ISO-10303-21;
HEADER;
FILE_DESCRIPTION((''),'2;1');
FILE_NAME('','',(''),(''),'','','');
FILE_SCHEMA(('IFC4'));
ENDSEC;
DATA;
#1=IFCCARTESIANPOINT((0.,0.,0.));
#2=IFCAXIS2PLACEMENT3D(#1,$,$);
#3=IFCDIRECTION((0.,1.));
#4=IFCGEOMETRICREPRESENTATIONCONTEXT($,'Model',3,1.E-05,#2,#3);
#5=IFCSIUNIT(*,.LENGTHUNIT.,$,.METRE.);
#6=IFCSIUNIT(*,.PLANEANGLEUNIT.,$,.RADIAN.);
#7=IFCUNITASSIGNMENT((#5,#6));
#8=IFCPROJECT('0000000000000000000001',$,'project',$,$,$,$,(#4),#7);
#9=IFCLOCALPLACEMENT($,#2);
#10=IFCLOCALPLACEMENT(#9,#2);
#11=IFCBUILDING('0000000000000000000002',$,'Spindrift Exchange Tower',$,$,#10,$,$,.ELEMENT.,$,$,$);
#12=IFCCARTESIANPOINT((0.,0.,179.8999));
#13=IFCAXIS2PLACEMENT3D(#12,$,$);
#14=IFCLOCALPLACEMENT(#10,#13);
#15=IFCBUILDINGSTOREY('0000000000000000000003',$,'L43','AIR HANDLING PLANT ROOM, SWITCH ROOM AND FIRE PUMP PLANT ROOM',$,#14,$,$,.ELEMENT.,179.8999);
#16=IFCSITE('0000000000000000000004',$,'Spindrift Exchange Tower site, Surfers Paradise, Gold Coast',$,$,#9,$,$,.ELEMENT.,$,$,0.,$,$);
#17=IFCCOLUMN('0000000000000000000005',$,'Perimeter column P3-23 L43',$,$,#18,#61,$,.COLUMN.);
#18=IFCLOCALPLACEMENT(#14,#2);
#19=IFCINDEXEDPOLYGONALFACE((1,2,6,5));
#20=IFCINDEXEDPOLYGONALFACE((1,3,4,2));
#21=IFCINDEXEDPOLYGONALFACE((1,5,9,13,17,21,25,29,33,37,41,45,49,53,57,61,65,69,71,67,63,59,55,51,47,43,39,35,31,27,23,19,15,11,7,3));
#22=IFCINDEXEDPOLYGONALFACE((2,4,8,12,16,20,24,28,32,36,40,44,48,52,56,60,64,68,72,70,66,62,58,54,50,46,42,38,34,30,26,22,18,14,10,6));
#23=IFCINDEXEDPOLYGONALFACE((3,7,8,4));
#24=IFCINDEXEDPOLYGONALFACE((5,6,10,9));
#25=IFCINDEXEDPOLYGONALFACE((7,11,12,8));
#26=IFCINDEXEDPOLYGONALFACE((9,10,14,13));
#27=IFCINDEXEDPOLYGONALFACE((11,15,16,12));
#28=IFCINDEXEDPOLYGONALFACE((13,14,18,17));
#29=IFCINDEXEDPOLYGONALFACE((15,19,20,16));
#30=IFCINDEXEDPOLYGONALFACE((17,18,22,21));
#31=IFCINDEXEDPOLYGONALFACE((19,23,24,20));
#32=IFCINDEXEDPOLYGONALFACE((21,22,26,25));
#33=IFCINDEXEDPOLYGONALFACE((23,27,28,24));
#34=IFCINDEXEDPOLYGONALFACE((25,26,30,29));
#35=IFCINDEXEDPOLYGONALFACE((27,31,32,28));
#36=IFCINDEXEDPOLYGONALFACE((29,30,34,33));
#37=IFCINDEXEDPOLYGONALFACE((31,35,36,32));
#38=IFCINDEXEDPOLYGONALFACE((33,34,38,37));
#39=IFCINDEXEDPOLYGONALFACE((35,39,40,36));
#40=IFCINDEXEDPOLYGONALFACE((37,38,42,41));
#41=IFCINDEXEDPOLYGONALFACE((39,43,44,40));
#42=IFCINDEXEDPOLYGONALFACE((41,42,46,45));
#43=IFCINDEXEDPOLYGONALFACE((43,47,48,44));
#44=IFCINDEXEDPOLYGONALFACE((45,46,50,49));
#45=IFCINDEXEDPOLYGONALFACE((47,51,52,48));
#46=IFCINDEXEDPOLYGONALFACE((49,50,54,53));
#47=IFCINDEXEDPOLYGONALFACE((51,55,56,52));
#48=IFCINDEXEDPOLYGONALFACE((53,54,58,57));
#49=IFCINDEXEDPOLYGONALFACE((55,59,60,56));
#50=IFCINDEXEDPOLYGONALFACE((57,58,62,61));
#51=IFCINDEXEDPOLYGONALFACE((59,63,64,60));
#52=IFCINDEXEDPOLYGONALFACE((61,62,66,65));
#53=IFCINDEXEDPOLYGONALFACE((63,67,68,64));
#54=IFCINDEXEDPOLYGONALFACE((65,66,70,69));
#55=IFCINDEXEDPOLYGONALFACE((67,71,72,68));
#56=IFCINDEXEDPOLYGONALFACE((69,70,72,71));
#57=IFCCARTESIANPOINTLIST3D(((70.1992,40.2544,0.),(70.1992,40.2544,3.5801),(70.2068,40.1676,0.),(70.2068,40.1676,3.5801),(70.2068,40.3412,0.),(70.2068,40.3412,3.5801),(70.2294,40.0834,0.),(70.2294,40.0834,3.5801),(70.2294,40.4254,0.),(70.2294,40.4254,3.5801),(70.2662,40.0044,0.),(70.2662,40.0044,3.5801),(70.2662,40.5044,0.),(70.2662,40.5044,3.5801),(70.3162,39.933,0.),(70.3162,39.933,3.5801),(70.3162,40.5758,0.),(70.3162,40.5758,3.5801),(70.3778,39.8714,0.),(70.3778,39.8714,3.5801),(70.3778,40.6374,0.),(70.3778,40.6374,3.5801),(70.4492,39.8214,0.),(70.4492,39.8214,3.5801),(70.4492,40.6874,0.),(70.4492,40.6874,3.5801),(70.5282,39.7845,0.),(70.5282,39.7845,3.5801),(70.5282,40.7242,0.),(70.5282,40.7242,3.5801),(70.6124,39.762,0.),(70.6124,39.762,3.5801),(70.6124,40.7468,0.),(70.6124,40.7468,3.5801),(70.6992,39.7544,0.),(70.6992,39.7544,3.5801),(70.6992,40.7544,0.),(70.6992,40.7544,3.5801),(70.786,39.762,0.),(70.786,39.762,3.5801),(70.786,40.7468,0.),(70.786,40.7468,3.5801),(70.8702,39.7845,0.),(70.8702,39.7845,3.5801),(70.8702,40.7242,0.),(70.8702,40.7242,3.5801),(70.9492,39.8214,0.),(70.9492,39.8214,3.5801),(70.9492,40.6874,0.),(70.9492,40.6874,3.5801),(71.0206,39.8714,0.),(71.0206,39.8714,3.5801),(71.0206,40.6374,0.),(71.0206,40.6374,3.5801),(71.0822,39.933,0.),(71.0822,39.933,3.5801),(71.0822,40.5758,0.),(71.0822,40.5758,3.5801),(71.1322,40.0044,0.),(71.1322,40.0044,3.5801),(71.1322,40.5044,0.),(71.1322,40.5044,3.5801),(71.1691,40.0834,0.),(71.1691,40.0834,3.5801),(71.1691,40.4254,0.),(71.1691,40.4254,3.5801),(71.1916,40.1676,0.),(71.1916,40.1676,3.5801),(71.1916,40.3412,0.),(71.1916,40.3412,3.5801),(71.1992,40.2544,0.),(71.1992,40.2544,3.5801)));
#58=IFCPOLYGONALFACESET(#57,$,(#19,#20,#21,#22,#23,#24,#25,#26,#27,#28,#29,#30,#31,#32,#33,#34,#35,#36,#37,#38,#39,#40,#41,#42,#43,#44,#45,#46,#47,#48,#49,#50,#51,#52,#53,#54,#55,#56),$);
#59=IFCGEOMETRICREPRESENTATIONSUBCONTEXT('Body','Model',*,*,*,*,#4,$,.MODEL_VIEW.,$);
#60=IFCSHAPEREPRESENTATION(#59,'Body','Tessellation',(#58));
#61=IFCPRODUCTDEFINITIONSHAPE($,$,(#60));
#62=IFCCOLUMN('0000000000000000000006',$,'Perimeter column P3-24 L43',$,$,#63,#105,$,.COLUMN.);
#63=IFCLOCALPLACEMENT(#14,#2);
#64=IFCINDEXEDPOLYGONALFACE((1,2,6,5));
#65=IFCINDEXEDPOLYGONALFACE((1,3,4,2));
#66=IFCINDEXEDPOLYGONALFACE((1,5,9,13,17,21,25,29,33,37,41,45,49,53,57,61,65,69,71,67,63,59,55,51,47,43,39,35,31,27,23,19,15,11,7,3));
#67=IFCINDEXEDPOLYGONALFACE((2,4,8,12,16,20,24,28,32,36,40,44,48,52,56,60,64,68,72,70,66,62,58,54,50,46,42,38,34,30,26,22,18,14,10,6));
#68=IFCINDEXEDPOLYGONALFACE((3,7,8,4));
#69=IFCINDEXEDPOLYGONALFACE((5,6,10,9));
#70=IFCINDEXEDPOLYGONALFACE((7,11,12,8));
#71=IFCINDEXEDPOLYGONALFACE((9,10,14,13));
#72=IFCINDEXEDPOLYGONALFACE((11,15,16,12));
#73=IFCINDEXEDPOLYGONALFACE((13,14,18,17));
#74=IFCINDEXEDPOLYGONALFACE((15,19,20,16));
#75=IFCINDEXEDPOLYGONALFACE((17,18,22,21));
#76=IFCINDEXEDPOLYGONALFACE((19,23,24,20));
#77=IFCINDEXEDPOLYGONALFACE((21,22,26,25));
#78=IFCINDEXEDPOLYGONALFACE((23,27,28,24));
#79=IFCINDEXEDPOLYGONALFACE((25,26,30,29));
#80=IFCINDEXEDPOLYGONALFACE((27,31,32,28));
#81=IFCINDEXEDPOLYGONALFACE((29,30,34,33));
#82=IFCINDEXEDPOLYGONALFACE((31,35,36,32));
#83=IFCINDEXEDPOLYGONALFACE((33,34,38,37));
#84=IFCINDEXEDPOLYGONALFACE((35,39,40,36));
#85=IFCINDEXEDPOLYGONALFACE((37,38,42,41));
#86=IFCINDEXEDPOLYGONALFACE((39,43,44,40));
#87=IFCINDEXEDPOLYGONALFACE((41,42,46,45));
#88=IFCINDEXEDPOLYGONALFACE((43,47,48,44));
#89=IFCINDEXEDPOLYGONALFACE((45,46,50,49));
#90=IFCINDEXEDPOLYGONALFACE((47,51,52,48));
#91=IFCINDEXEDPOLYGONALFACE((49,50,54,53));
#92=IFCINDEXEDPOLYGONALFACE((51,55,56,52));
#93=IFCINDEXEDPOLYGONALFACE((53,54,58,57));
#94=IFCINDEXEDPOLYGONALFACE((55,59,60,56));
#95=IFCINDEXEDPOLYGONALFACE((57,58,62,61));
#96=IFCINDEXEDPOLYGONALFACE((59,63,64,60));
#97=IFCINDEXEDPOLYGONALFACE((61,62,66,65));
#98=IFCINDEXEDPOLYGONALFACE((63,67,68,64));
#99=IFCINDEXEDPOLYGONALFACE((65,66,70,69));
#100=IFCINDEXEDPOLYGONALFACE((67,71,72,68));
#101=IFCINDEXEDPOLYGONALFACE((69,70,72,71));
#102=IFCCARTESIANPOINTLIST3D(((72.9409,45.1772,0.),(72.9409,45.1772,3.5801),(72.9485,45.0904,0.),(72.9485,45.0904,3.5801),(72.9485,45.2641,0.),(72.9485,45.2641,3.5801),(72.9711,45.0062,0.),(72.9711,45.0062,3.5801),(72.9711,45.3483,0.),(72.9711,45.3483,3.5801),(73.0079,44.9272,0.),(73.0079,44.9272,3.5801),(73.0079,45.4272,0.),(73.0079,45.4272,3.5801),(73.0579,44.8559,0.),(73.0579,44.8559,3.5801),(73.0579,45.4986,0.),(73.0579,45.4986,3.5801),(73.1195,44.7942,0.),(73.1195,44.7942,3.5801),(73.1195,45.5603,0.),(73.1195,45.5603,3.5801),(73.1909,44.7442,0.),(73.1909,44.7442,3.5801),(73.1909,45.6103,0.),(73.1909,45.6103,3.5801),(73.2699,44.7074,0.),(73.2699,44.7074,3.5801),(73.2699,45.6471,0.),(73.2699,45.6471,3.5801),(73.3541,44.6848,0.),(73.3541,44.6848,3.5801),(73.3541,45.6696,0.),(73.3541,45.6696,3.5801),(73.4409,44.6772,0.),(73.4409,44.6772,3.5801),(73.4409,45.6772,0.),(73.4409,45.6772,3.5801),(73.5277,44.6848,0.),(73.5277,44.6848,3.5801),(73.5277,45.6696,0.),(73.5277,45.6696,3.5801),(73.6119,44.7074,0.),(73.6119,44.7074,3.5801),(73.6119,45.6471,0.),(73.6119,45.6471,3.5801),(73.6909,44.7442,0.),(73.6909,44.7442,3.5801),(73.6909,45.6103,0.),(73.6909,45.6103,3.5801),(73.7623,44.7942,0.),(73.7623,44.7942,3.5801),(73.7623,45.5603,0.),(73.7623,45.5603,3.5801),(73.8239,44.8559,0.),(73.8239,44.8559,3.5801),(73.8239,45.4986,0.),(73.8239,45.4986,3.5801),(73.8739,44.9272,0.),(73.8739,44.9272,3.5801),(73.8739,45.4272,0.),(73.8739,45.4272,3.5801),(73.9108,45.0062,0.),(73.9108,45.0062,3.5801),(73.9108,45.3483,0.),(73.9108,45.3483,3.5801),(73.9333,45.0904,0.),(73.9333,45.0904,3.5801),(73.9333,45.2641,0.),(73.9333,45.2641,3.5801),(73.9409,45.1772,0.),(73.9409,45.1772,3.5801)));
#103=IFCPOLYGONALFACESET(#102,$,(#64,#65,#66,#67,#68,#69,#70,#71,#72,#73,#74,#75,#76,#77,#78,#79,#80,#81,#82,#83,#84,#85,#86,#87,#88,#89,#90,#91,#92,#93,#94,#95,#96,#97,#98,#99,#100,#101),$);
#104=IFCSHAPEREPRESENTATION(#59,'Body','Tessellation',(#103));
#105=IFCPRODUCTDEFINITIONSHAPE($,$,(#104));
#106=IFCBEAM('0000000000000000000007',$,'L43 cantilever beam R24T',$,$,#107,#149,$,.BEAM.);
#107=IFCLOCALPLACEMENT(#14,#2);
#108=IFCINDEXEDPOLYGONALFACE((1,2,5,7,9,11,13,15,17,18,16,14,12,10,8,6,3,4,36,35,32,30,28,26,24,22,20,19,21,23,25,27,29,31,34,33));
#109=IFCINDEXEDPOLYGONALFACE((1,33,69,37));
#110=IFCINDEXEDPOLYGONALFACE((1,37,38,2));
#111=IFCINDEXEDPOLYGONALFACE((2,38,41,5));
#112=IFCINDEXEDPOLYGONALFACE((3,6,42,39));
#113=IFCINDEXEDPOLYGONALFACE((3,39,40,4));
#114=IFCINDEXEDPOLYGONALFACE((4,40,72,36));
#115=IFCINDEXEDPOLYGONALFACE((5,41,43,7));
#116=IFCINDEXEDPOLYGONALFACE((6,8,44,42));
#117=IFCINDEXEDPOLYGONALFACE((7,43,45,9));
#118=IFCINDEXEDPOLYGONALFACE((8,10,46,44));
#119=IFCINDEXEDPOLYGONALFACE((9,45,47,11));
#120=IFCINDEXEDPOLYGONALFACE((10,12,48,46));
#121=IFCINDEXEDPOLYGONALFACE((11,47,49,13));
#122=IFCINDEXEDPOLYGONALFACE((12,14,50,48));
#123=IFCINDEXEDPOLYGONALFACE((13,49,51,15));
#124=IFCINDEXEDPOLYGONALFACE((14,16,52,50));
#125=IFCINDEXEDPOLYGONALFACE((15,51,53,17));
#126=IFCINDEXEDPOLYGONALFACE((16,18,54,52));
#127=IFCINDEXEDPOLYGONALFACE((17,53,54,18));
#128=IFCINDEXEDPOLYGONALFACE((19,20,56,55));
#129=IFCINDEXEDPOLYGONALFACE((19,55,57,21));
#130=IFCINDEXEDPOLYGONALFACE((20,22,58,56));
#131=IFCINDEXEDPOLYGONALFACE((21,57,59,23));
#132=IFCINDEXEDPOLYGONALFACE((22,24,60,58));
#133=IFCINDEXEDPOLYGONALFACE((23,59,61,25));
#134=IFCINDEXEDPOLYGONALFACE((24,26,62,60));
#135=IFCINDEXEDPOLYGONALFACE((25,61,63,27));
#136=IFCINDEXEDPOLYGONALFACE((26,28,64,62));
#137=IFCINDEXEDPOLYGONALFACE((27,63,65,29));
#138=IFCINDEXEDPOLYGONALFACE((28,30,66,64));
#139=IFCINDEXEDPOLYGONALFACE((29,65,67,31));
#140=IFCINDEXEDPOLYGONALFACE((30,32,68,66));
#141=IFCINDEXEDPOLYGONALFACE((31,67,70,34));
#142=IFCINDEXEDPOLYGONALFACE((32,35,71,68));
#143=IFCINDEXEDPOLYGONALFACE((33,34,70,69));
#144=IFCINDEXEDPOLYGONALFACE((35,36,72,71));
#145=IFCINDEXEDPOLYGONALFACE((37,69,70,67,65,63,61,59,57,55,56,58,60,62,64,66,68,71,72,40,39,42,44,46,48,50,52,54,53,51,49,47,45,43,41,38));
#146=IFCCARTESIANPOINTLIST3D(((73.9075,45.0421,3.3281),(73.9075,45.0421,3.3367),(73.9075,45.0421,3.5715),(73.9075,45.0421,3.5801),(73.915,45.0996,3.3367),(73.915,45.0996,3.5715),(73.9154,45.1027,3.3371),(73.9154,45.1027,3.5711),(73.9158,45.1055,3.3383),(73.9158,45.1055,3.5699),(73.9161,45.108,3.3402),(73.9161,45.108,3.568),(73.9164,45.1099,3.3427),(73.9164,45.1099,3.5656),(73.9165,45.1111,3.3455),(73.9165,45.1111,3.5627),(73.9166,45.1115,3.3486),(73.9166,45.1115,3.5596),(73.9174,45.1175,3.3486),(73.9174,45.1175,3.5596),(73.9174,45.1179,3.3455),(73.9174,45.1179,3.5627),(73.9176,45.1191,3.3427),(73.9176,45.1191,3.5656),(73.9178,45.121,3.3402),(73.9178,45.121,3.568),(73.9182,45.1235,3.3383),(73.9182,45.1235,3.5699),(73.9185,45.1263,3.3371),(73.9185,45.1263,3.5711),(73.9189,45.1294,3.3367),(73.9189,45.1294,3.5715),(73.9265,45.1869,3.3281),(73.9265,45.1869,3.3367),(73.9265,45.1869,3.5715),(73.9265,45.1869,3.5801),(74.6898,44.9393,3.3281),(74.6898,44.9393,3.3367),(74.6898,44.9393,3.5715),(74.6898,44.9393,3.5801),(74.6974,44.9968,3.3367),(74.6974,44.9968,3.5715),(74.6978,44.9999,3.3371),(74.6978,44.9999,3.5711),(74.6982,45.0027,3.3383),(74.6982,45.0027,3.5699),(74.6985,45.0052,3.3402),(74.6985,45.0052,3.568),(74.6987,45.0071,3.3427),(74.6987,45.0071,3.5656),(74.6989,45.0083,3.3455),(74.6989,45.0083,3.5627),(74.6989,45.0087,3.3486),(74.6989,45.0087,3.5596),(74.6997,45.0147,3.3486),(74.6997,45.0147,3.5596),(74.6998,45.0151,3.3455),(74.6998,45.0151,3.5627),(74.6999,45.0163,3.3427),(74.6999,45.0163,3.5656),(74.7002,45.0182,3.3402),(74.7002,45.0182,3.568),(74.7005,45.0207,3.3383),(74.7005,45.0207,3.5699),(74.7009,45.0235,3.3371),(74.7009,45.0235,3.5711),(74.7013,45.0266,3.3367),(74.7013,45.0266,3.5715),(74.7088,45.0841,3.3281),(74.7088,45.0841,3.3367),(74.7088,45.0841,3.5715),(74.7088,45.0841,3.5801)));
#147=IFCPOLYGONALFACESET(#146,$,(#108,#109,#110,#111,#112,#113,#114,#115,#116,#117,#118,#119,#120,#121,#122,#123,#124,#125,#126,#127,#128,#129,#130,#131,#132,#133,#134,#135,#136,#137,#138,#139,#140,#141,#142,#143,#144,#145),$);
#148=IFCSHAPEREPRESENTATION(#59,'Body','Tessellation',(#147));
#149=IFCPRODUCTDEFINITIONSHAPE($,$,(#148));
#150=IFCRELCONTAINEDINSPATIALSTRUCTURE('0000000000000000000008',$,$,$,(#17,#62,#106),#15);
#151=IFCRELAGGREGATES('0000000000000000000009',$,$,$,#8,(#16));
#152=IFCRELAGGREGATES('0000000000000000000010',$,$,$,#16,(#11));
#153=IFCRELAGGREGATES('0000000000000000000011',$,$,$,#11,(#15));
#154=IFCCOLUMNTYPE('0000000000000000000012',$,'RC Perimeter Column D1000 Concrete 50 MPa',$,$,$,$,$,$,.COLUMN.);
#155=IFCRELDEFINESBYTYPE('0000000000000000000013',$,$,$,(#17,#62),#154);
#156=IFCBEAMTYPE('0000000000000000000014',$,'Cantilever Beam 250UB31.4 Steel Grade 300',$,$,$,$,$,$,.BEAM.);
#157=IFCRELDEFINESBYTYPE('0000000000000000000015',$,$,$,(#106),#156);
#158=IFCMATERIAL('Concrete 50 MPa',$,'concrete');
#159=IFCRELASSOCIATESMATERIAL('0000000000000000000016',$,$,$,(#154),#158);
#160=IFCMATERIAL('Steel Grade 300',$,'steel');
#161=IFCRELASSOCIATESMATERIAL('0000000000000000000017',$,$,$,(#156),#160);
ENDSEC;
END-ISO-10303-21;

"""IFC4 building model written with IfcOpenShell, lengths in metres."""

from ifc_helpers import new_model, si_unit, direction, frame, origin, origin_2d, place, context, subcontext, project, spatial, circle, i_section, extrude, source, transform, mapped, material, material_profile, profile_set, type_object, element, save


model = new_model("IFC4")

# Units and contexts
model_context = context("Model", 3, precision=1e-05, world=origin(), true_north=direction((0.0, 1.0)))
body_context = subcontext(model_context, "Body", "Model", "MODEL_VIEW")
ifc_project = project(units=[si_unit("LENGTHUNIT", "METRE"), si_unit("PLANEANGLEUNIT", "RADIAN")], contexts=[model_context])

# Site, building, storey
site_placement = place(None, origin())
site = spatial("IfcSite", under=ifc_project, at=site_placement, Name="Spindrift Exchange Tower site, Surfers Paradise, Gold Coast", CompositionType="ELEMENT", RefElevation=0.0)
building_placement = place(site_placement, origin())
building = spatial("IfcBuilding", under=site, at=building_placement, Name="Spindrift Exchange Tower", CompositionType="ELEMENT")
storey_placement = place(building_placement, frame((0.0, 0.0, 179.8999)))
storey = spatial("IfcBuildingStorey", under=building, at=storey_placement, Name="L43", Description="AIR HANDLING PLANT ROOM, SWITCH ROOM AND FIRE PUMP PLANT ROOM", CompositionType="ELEMENT", Elevation=179.8999)

# Columns
ifc_material_1 = material(Name="Concrete 50 MPa", Category="concrete")
ifc_material_profile_1 = material_profile(ifc_material_1, circle(Radius=0.5, at=origin_2d()), Name="RC D1000")
ifc_profile_set_1 = profile_set([ifc_material_profile_1], Name="Concrete 50 MPa")
column_type = type_object("IfcColumnType", Name="RC Perimeter Column D1000 Concrete 50 MPa", PredefinedType="COLUMN", material=ifc_profile_set_1)
shared_shape_1 = source(origin(), body_context, "Body", "SweptSolid", [
    extrude(circle(Radius=0.5, at=origin_2d()), origin(), (0.0, 0.0, 1.0), 3.5801),
])
for number, where, z_axis, x_axis, name in (
    (1, (70.6992, 40.2544, 0.0), (0.0, 0.0, 1.0), (1.0, 0.0, 0.0), "Perimeter column P3-23 L43"),
    (2, (73.4409, 45.1772, 0.0), (0.0, 0.0, 1.0), (1.0, 0.0, 0.0), "Perimeter column P3-24 L43"),
):
    element("IfcColumn", number, at=place(storey_placement, frame(where, z_axis=z_axis, x_axis=x_axis)), inside=storey, type_object=column_type, Name=name, PredefinedType="COLUMN", context=body_context, shape_type="MappedRepresentation", body=[
        mapped(shared_shape_1, transform((0.0, 0.0, 0.0), scale=1.0)),
    ])

# Beam
ifc_material_2 = material(Name="Steel Grade 300", Category="steel")
ifc_material_profile_2 = material_profile(ifc_material_2, i_section(OverallWidth=0.146, OverallDepth=0.252, WebThickness=0.0061, FlangeThickness=0.0085, FilletRadius=0.012, at=origin_2d()), Name="250UB31.4")
ifc_profile_set_2 = profile_set([ifc_material_profile_2], Name="Steel Grade 300")
beam_type_1 = type_object("IfcBeamType", Name="Cantilever Beam 250UB31.4 Steel Grade 300", PredefinedType="BEAM", material=ifc_profile_set_2)
shared_shape_2 = source(origin(), body_context, "Body", "SweptSolid", [
    extrude(i_section(OverallWidth=0.146, OverallDepth=0.252, WebThickness=0.0061, FlangeThickness=0.0085, FilletRadius=0.012, at=origin_2d()), origin(), (0.0, 0.0, 1.0), 0.7891),
])
beam_1_placement = place(storey_placement, frame((73.917, 45.1145, 3.4541), z_axis=(0.991477, -0.130278, 0.0), x_axis=(0.130278, 0.991477, 0.0)))
element("IfcBeam", 3, at=beam_1_placement, inside=storey, type_object=beam_type_1, Name="L43 cantilever beam R24T", PredefinedType="BEAM", context=body_context, shape_type="MappedRepresentation", body=[
    mapped(shared_shape_2, transform((0.0, 0.0, 0.0), scale=1.0)),
])

save(model, "model.ifc")
